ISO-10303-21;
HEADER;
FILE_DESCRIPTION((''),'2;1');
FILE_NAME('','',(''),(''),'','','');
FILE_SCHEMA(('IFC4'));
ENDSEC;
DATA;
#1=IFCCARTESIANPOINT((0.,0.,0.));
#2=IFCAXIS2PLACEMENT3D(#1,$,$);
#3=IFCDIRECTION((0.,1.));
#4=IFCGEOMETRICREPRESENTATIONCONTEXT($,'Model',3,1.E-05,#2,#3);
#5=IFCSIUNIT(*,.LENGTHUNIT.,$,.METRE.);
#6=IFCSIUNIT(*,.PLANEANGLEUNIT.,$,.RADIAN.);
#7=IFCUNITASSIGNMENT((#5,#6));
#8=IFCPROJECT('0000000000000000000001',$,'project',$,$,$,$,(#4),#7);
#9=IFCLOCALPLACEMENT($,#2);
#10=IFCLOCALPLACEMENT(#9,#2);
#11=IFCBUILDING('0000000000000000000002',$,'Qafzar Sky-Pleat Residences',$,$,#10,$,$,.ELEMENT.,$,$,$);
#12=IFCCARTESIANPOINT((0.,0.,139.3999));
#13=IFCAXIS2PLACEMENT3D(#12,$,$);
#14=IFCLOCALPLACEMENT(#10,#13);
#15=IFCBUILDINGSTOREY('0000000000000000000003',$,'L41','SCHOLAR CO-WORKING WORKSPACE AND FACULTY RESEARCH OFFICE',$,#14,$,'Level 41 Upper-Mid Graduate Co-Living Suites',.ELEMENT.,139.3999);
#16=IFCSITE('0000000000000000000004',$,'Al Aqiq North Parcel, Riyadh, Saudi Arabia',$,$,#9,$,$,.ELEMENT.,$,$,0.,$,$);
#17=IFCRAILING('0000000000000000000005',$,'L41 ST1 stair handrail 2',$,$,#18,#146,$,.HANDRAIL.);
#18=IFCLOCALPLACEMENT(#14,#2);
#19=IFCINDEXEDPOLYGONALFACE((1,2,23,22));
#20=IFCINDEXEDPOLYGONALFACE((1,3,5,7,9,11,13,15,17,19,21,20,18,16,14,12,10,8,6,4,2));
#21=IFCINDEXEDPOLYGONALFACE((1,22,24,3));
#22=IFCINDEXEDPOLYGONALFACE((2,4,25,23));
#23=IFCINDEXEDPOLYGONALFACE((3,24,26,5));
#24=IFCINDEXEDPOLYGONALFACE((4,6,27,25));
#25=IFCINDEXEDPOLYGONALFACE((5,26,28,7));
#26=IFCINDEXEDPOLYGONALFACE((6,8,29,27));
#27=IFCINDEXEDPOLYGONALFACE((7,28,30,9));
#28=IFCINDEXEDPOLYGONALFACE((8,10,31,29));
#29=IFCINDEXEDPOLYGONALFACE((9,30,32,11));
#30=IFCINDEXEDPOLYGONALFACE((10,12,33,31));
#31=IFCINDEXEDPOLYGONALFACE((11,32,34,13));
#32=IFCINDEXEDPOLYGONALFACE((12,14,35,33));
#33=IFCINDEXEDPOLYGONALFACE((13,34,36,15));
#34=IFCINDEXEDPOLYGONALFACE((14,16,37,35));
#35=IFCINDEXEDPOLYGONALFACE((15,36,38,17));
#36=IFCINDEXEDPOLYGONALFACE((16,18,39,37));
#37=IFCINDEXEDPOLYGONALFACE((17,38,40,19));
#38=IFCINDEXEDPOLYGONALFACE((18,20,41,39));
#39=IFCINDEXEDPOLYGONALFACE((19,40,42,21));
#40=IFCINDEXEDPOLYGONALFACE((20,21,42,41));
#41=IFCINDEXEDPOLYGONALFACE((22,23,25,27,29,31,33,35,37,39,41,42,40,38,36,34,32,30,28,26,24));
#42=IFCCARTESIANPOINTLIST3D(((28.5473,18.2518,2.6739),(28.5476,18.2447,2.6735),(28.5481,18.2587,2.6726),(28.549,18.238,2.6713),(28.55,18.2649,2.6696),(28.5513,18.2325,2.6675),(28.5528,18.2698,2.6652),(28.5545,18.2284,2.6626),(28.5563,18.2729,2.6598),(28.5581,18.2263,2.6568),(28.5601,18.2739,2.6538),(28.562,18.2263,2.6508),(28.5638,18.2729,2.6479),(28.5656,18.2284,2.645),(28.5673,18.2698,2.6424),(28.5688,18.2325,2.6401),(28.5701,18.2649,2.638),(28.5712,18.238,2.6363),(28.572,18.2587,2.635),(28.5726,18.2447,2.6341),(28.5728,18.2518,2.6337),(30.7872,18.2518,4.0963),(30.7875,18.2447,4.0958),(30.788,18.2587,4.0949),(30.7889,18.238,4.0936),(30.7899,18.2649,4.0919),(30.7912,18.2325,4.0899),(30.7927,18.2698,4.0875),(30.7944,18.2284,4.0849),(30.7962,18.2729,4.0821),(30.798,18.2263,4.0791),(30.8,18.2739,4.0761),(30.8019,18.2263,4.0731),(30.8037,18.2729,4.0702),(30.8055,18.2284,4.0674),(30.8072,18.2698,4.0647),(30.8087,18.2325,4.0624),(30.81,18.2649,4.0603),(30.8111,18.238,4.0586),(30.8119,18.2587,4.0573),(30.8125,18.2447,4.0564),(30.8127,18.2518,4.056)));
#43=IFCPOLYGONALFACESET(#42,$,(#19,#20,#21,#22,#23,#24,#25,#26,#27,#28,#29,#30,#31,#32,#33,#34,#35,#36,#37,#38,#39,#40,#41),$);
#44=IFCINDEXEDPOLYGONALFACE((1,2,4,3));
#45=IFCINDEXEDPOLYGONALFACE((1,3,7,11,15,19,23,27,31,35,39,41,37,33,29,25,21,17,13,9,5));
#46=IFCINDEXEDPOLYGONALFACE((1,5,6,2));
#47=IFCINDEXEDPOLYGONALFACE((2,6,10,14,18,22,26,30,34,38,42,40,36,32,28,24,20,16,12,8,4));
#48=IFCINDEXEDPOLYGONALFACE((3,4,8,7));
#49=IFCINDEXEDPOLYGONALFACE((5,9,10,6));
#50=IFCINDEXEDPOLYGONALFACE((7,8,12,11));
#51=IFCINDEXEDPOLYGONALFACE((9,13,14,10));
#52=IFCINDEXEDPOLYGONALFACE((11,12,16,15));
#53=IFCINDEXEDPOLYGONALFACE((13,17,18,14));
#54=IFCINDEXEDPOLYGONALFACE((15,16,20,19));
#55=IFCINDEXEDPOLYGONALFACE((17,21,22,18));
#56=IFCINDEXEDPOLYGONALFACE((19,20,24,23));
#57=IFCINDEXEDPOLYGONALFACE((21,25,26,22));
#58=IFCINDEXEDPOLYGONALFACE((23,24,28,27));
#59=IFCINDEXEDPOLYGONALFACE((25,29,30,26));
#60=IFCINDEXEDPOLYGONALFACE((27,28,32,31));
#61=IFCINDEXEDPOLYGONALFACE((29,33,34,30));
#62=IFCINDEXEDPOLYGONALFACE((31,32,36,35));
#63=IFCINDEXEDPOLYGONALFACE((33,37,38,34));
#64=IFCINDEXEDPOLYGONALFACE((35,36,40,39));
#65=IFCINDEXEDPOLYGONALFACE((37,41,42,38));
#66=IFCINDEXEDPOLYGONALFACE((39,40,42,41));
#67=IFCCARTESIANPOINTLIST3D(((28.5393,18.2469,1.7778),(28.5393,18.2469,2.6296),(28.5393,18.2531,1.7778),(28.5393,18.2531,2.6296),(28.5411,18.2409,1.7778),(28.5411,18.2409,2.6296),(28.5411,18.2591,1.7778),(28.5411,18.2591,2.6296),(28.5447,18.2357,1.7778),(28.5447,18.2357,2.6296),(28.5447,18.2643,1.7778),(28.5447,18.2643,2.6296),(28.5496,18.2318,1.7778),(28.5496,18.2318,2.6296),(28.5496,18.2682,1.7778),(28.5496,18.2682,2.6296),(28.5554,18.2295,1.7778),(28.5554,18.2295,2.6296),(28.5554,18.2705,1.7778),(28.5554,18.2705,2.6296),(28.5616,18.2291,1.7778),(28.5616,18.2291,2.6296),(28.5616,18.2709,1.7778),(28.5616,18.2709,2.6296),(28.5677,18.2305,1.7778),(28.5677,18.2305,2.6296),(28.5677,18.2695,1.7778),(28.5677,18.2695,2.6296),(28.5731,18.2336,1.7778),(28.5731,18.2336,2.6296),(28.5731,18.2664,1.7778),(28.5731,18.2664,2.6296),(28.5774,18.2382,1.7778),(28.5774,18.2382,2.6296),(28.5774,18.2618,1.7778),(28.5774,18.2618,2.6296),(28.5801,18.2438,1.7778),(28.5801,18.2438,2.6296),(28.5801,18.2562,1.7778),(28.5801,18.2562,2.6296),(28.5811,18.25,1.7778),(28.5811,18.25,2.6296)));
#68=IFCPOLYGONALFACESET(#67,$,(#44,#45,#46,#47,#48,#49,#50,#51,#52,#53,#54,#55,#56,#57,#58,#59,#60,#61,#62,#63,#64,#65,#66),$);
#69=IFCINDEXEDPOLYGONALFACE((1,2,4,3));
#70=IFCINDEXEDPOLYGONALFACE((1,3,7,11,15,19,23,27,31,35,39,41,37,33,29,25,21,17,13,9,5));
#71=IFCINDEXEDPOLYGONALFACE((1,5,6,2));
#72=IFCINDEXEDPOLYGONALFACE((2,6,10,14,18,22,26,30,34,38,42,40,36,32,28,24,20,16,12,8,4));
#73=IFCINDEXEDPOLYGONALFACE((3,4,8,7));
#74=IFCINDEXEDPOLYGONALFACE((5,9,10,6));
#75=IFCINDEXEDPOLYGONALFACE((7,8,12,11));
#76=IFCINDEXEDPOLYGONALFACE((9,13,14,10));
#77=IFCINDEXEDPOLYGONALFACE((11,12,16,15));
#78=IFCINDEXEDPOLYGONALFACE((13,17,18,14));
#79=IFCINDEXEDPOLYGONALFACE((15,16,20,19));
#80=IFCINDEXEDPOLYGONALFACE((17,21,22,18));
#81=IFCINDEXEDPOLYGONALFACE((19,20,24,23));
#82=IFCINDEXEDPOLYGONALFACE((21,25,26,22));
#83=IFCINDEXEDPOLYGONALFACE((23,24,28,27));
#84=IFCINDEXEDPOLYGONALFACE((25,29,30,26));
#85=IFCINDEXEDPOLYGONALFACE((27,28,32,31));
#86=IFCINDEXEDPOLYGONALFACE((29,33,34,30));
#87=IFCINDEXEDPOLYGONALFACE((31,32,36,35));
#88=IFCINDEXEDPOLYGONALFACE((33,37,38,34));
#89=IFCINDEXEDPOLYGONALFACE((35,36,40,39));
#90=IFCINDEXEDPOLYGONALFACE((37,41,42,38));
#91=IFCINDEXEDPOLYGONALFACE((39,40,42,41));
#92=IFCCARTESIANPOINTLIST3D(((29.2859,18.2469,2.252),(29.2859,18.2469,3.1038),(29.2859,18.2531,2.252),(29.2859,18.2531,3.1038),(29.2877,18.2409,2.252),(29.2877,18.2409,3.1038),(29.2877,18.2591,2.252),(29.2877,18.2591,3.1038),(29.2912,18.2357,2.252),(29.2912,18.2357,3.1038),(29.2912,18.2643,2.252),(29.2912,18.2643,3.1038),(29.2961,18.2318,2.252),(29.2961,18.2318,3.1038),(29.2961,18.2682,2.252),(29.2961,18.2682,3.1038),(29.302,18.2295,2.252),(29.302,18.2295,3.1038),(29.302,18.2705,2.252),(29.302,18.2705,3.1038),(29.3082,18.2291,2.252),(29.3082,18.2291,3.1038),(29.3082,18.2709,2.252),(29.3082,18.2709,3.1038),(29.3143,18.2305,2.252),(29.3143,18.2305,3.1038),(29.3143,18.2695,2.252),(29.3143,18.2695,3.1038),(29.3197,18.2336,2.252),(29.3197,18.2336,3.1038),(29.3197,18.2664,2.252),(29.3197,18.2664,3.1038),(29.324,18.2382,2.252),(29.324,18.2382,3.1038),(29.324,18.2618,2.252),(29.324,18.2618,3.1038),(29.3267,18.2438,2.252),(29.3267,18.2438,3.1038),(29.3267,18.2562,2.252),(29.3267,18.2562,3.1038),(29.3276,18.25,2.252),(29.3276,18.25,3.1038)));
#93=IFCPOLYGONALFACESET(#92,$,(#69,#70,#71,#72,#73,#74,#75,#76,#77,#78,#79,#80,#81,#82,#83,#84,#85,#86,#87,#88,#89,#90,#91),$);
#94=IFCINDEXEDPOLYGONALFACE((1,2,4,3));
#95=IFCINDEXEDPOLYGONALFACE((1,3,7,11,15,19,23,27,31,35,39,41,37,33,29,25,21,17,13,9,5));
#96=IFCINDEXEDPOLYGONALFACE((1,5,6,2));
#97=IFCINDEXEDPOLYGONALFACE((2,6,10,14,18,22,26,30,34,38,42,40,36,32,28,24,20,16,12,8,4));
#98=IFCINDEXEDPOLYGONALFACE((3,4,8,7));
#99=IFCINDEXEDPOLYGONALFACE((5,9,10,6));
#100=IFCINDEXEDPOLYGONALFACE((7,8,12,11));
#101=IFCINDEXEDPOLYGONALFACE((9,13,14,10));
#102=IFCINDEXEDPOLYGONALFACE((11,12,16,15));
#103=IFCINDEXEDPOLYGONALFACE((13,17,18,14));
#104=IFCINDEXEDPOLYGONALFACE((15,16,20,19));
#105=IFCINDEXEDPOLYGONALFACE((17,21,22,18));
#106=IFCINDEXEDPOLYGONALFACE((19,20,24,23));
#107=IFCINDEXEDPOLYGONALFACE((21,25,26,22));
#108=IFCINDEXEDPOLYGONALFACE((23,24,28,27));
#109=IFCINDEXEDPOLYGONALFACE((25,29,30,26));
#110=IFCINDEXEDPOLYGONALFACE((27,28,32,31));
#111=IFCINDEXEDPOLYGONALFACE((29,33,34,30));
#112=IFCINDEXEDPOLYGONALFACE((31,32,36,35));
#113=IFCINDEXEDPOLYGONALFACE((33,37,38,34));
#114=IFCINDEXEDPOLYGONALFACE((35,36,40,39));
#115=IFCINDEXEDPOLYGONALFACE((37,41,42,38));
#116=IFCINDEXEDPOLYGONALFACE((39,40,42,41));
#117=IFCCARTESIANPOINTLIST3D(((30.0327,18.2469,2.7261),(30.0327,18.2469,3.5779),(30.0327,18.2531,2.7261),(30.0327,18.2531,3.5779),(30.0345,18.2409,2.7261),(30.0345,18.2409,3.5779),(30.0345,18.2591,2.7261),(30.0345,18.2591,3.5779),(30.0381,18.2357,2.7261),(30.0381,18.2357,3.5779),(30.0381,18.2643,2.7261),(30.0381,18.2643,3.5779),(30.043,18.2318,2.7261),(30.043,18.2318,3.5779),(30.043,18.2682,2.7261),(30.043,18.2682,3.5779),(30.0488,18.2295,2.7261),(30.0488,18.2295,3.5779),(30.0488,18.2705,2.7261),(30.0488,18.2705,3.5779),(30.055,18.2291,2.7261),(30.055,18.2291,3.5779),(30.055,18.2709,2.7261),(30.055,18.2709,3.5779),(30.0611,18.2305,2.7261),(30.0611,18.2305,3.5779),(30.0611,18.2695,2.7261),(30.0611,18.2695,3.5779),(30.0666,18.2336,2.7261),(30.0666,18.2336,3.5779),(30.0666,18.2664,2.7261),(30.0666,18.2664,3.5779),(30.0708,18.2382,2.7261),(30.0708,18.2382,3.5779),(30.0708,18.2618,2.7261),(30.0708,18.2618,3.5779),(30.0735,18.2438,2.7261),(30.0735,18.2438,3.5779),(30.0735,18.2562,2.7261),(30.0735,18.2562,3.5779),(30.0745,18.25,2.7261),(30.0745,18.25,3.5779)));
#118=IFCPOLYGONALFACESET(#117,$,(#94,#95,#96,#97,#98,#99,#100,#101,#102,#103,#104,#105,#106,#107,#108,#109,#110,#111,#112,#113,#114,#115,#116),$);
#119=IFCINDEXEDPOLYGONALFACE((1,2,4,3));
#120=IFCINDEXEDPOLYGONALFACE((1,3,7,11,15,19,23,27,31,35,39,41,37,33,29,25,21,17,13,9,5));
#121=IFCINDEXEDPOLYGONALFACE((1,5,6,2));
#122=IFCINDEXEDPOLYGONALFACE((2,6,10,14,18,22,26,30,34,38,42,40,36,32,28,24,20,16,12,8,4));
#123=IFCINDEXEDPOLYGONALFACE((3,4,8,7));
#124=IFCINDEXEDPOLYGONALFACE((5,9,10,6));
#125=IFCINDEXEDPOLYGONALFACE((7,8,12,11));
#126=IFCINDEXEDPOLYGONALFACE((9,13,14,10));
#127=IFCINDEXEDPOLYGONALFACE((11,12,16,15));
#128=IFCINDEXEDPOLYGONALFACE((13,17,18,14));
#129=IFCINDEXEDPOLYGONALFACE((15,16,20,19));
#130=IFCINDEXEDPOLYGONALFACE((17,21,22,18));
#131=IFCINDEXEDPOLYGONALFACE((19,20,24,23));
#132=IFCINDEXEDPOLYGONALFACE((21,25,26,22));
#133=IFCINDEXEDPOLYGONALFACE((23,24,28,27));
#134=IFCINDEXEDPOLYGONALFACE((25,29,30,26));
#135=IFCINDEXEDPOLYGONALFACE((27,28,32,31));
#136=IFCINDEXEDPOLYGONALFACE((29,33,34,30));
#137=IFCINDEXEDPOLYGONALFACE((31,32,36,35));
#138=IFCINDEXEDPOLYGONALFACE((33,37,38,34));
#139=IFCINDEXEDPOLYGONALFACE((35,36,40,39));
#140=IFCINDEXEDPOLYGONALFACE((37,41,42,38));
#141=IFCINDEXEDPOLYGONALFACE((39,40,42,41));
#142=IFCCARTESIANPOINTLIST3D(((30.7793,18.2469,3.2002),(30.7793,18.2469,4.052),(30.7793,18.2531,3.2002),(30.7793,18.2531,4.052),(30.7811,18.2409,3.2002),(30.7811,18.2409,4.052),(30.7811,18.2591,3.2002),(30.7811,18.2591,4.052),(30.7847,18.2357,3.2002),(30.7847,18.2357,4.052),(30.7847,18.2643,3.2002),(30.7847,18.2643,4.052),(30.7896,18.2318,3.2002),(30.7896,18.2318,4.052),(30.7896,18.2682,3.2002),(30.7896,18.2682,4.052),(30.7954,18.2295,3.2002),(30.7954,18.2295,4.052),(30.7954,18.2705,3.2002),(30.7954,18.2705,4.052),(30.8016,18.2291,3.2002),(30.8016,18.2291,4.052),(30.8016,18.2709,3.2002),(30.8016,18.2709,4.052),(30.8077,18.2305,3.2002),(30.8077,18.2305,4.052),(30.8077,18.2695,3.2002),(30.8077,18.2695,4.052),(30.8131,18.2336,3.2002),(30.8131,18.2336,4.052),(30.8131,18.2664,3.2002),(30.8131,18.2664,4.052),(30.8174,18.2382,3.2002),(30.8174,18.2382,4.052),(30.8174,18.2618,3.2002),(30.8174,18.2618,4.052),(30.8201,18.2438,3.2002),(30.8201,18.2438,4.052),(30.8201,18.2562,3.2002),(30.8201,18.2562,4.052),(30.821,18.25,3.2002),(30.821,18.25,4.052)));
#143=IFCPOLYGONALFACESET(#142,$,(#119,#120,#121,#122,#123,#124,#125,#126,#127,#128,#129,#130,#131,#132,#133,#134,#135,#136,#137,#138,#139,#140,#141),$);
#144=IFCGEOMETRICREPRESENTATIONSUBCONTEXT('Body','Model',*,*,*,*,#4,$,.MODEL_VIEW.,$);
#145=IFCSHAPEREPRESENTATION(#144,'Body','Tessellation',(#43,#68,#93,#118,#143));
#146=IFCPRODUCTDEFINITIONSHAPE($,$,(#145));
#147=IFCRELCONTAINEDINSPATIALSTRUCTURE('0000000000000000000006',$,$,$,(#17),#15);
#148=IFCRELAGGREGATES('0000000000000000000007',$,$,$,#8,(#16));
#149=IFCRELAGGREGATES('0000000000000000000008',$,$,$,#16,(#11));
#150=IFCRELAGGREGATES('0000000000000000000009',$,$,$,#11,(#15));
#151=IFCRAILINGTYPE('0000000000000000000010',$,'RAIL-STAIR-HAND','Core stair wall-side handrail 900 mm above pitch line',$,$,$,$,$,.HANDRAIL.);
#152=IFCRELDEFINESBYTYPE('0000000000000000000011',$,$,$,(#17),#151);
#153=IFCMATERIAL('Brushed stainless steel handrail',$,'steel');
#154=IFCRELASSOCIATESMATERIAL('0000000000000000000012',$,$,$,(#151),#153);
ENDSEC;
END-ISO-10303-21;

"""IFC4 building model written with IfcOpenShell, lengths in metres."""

from ifc_helpers import new_model, si_unit, direction, frame, origin, origin_2d, place, context, subcontext, project, spatial, circle, extrude, source, transform, mapped, material, type_object, element, save


model = new_model("IFC4")

# Units and contexts
model_context = context("Model", 3, precision=1e-05, world=origin(), true_north=direction((0.0, 1.0)))
body_context = subcontext(model_context, "Body", "Model", "MODEL_VIEW")
ifc_project = project(units=[si_unit("LENGTHUNIT", "METRE"), si_unit("PLANEANGLEUNIT", "RADIAN")], contexts=[model_context])

# Site, building, storey
site_placement = place(None, origin())
site = spatial("IfcSite", under=ifc_project, at=site_placement, Name="Al Aqiq North Parcel, Riyadh, Saudi Arabia", CompositionType="ELEMENT", RefElevation=0.0)
building_placement = place(site_placement, origin())
building = spatial("IfcBuilding", under=site, at=building_placement, Name="Qafzar Sky-Pleat Residences", CompositionType="ELEMENT")
storey_placement = place(building_placement, frame((0.0, 0.0, 139.3999)))
storey = spatial("IfcBuildingStorey", under=building, at=storey_placement, Name="L41", Description="SCHOLAR CO-WORKING WORKSPACE AND FACULTY RESEARCH OFFICE", LongName="Level 41 Upper-Mid Graduate Co-Living Suites", CompositionType="ELEMENT", Elevation=139.3999)

# Railing
ifc_material_1 = material(Name="Brushed stainless steel handrail", Category="steel")
railing_type_1 = type_object("IfcRailingType", Name="RAIL-STAIR-HAND", Description="Core stair wall-side handrail 900 mm above pitch line", PredefinedType="HANDRAIL", material=ifc_material_1)
shared_shape_1 = source(origin(), body_context, "Body", "SweptSolid", [
    extrude(circle(Radius=0.0239, at=origin_2d()), frame((0.0, 0.0, 0.876), z_axis=(0.844188, 0.0, 0.536048), x_axis=(0.0, 1.0, 0.0)), (0.0, 0.0, 1.0), 2.6533),
    extrude(circle(Radius=0.021, at=origin_2d()), origin(), (0.0, 0.0, 1.0), 0.8518),
    extrude(circle(Radius=0.021, at=origin_2d()), frame((0.7466, 0.0, 0.4741)), (0.0, 0.0, 1.0), 0.8518),
    extrude(circle(Radius=0.021, at=origin_2d()), frame((1.4934, 0.0, 0.9482)), (0.0, 0.0, 1.0), 0.8518),
    extrude(circle(Radius=0.021, at=origin_2d()), frame((2.24, 0.0, 1.4224)), (0.0, 0.0, 1.0), 0.8518),
])
railing_1_placement = place(storey_placement, frame((28.5601, 18.25, 1.7778)))
element("IfcRailing", 1, at=railing_1_placement, inside=storey, type_object=railing_type_1, Name="L41 ST1 stair handrail 2", PredefinedType="HANDRAIL", context=body_context, shape_type="MappedRepresentation", body=[
    mapped(shared_shape_1, transform((0.0, 0.0, 0.0), x_axis=(1.0, 0.0, 0.0), y_axis=(0.0, 1.0, 0.0), z_axis=(0.0, 0.0, 1.0), scale=1.0)),
])

save(model, "model.ifc")
